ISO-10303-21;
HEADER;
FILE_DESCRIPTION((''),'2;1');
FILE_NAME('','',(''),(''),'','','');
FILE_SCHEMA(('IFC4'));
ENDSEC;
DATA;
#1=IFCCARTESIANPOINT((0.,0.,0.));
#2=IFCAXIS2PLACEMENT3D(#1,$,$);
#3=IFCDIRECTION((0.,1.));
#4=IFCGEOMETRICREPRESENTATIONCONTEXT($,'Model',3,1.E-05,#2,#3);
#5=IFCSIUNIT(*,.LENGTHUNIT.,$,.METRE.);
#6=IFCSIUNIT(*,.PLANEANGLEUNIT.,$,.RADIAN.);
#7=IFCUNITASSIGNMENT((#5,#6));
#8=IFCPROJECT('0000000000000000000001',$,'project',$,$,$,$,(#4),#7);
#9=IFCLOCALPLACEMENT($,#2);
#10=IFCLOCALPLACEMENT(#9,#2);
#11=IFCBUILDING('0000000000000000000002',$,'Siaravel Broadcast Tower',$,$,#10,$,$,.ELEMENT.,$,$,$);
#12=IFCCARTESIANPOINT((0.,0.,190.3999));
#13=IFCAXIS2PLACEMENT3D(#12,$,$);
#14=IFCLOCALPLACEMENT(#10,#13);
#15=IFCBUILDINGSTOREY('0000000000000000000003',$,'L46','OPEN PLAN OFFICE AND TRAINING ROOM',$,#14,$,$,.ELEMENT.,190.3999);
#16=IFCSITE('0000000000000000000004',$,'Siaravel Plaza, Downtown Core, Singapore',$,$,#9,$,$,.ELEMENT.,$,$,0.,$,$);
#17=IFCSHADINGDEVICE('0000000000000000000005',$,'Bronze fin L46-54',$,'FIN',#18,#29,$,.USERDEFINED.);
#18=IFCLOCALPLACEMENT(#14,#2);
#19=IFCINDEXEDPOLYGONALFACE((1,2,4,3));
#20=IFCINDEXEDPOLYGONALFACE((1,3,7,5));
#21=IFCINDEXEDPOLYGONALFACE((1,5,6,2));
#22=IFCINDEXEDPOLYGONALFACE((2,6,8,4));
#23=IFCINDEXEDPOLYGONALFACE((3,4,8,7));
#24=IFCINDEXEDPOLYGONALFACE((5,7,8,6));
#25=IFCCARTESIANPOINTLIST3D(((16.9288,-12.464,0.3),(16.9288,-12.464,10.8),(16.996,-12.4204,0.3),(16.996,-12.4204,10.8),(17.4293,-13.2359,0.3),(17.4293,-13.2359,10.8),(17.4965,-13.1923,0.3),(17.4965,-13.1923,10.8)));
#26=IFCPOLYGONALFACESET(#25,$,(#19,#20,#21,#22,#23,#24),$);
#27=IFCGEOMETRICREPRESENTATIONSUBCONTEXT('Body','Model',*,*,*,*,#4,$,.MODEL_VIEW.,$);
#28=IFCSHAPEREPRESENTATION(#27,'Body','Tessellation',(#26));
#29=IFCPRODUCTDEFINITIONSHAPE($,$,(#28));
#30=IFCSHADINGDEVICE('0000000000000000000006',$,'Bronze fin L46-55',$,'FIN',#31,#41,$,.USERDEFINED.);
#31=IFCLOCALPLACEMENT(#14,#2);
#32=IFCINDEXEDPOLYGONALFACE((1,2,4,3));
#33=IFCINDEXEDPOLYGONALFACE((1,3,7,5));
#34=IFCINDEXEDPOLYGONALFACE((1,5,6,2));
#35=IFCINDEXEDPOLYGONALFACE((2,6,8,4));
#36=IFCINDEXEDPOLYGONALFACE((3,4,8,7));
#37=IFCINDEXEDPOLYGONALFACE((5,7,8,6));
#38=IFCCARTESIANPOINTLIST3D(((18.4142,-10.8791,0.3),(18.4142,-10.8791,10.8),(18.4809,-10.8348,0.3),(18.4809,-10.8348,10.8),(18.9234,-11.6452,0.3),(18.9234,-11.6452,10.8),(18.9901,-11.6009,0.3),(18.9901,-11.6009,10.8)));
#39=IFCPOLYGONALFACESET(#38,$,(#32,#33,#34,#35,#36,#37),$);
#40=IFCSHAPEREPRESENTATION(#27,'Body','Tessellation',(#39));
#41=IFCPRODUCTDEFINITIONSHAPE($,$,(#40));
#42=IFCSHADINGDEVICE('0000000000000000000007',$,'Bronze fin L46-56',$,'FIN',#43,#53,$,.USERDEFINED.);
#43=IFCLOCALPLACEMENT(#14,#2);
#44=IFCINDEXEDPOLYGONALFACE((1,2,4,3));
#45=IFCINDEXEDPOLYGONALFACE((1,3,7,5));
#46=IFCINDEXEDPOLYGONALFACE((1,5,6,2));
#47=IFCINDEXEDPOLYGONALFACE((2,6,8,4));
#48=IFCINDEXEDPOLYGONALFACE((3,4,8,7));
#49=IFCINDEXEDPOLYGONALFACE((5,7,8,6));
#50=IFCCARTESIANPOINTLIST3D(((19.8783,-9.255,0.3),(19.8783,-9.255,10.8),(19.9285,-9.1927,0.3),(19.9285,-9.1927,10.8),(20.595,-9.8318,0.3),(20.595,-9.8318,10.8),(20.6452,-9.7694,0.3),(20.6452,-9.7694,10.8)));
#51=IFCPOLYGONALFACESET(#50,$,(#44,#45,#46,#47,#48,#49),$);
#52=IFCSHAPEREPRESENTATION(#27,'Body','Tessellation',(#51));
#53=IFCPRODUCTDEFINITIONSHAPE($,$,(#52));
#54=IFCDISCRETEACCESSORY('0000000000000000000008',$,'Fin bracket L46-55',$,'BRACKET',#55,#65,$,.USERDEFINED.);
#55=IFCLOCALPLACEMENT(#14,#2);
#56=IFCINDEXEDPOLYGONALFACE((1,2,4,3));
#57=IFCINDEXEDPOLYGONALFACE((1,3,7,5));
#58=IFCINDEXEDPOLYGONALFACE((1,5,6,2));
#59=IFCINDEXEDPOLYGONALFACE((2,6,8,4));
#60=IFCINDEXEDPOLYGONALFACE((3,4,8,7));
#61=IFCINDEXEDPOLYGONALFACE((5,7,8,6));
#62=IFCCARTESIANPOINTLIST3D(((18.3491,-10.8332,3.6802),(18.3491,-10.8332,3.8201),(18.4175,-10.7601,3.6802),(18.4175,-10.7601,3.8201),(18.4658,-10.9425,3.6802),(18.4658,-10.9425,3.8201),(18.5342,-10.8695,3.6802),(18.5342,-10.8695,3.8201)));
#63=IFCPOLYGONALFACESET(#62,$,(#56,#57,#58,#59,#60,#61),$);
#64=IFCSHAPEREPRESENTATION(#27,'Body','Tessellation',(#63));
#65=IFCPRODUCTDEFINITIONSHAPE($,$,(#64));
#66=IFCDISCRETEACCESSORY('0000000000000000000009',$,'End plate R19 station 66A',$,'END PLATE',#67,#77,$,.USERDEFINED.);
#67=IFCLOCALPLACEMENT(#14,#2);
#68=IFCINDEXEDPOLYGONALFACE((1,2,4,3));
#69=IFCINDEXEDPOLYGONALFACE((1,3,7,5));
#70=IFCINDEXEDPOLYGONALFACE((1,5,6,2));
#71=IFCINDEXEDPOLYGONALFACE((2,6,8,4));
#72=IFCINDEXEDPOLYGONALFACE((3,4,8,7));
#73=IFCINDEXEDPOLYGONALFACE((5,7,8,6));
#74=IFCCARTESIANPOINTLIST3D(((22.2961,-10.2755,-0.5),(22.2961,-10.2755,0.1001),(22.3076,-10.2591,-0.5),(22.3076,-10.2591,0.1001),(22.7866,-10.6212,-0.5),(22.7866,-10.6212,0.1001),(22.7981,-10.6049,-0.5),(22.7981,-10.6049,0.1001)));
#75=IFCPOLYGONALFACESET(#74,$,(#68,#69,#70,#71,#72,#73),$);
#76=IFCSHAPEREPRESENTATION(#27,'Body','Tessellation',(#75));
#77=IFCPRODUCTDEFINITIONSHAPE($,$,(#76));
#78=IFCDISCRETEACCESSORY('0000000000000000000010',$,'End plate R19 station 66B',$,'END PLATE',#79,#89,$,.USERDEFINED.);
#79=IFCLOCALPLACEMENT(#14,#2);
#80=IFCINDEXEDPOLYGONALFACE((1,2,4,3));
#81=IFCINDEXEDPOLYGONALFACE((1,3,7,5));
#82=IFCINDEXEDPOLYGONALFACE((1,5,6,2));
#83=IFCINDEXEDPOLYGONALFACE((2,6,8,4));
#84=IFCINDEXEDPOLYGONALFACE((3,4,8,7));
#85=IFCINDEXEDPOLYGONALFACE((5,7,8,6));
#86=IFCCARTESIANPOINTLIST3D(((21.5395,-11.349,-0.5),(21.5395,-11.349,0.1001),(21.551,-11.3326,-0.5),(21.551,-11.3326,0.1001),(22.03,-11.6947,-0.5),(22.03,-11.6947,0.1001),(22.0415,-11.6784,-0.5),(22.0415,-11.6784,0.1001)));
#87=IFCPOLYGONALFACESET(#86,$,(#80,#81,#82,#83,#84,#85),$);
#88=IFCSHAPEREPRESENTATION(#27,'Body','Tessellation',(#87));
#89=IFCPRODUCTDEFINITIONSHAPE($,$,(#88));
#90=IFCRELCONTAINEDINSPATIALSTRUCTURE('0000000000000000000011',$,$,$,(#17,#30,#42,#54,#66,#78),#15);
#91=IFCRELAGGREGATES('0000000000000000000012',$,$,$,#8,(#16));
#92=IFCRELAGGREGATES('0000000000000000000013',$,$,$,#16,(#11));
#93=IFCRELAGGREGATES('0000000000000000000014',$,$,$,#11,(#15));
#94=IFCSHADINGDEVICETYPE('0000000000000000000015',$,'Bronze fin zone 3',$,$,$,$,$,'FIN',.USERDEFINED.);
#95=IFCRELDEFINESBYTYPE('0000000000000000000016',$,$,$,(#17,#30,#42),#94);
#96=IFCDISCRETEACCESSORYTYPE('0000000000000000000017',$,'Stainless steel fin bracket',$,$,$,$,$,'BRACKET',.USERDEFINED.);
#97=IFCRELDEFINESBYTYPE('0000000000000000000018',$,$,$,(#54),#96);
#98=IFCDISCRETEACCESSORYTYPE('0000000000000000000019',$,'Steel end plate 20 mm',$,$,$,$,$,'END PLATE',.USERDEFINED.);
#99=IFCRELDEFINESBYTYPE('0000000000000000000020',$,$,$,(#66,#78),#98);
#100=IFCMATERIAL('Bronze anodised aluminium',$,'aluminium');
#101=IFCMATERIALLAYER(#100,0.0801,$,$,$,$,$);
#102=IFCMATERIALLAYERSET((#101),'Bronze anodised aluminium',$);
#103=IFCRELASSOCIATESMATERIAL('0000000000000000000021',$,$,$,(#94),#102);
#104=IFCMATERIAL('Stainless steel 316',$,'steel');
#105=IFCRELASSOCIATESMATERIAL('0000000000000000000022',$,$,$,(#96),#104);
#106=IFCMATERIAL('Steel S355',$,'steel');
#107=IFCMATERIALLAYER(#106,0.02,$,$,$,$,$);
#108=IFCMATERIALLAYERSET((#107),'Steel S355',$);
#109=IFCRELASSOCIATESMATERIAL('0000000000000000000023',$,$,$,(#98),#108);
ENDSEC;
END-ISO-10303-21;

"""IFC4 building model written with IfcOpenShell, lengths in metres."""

from ifc_helpers import new_model, si_unit, direction, frame, origin, origin_2d, place, context, subcontext, project, spatial, rectangle, extrude, material, layer, layer_set, type_object, element, save


model = new_model("IFC4")

# Units and contexts
model_context = context("Model", 3, precision=1e-05, world=origin(), true_north=direction((0.0, 1.0)))
body_context = subcontext(model_context, "Body", "Model", "MODEL_VIEW")
ifc_project = project(units=[si_unit("LENGTHUNIT", "METRE"), si_unit("PLANEANGLEUNIT", "RADIAN")], contexts=[model_context])

# Site, building, storey
site_placement = place(None, origin())
site = spatial("IfcSite", under=ifc_project, at=site_placement, Name="Siaravel Plaza, Downtown Core, Singapore", CompositionType="ELEMENT", RefElevation=0.0)
building_placement = place(site_placement, origin())
building = spatial("IfcBuilding", under=site, at=building_placement, Name="Siaravel Broadcast Tower", CompositionType="ELEMENT")
storey_placement = place(building_placement, frame((0.0, 0.0, 190.3999)))
storey = spatial("IfcBuildingStorey", under=building, at=storey_placement, Name="L46", Description="OPEN PLAN OFFICE AND TRAINING ROOM", CompositionType="ELEMENT", Elevation=190.3999)

# Shared definitions
ifc_material_1 = material(Name="Steel S355", Category="steel")

# Shading devices
ifc_material_2 = material(Name="Bronze anodised aluminium", Category="aluminium")
ifc_layer_1 = layer(ifc_material_2, 0.0801)
ifc_layer_set_1 = layer_set([ifc_layer_1], Name="Bronze anodised aluminium")
shading_device_type = type_object("IfcShadingDeviceType", Name="Bronze fin zone 3", ElementType="FIN", PredefinedType="USERDEFINED", material=ifc_layer_set_1)
for number, where, z_axis, x_axis, name in (
    (1, (17.2126, -12.8281, 0.3), (0.0, 0.0, 1.0), (0.543999, -0.839086, 0.0), "Bronze fin L46-54"),
    (2, (18.7021, -11.24, 0.3), (0.0, 0.0, 1.0), (0.55353, -0.832829, 0.0), "Bronze fin L46-55"),
    (3, (20.2617, -9.5122, 0.3), (0.0, 0.0, 1.0), (0.779085, -0.626918, 0.0), "Bronze fin L46-56"),
):
    element("IfcShadingDevice", number, at=place(storey_placement, frame(where, z_axis=z_axis, x_axis=x_axis)), inside=storey, type_object=shading_device_type, Name=name, ObjectType="FIN", PredefinedType="USERDEFINED", context=body_context, shape_type="SweptSolid", body=[
        extrude(rectangle(XDim=0.9199, YDim=0.0801, at=origin_2d()), origin(), (0.0, 0.0, 1.0), 10.5),
    ])

# Discrete accessories
ifc_material_3 = material(Name="Stainless steel 316", Category="steel")
discrete_accessory_type_1 = type_object("IfcDiscreteAccessoryType", Name="Stainless steel fin bracket", ElementType="BRACKET", PredefinedType="USERDEFINED", material=ifc_material_3)
discrete_accessory_placement = place(storey_placement, frame((18.4417, -10.8513, 3.6802), z_axis=(0.0, 0.0, 1.0), x_axis=(0.729806, -0.683655, 0.0)))
element("IfcDiscreteAccessory", 4, at=discrete_accessory_placement, inside=storey, type_object=discrete_accessory_type_1, Name="Fin bracket L46-55", ObjectType="BRACKET", PredefinedType="USERDEFINED", context=body_context, shape_type="SweptSolid", body=[
    extrude(rectangle(XDim=0.1599, YDim=0.1001, at=origin_2d()), origin(), (0.0, 0.0, 1.0), 0.1399),
])
ifc_layer_2 = layer(ifc_material_1, 0.02)
ifc_layer_set_2 = layer_set([ifc_layer_2], Name="Steel S355")
discrete_accessory_type_2 = type_object("IfcDiscreteAccessoryType", Name="Steel end plate 20 mm", ElementType="END PLATE", PredefinedType="USERDEFINED", material=ifc_layer_set_2)
for number, where, z_axis, x_axis, name in (
    (5, (22.5471, -10.4402, -0.5), (0.0, 0.0, 1.0), (0.57612, 0.817365, 0.0), "End plate R19 station 66A"),
    (6, (21.7905, -11.5137, -0.5), (0.0, 0.0, 1.0), (0.57612, 0.817365, 0.0), "End plate R19 station 66B"),
):
    element("IfcDiscreteAccessory", number, at=place(storey_placement, frame(where, z_axis=z_axis, x_axis=x_axis)), inside=storey, type_object=discrete_accessory_type_2, Name=name, ObjectType="END PLATE", PredefinedType="USERDEFINED", context=body_context, shape_type="SweptSolid", body=[
        extrude(rectangle(XDim=0.02, YDim=0.6001, at=origin_2d()), origin(), (0.0, 0.0, 1.0), 0.6001),
    ])

save(model, "model.ifc")
